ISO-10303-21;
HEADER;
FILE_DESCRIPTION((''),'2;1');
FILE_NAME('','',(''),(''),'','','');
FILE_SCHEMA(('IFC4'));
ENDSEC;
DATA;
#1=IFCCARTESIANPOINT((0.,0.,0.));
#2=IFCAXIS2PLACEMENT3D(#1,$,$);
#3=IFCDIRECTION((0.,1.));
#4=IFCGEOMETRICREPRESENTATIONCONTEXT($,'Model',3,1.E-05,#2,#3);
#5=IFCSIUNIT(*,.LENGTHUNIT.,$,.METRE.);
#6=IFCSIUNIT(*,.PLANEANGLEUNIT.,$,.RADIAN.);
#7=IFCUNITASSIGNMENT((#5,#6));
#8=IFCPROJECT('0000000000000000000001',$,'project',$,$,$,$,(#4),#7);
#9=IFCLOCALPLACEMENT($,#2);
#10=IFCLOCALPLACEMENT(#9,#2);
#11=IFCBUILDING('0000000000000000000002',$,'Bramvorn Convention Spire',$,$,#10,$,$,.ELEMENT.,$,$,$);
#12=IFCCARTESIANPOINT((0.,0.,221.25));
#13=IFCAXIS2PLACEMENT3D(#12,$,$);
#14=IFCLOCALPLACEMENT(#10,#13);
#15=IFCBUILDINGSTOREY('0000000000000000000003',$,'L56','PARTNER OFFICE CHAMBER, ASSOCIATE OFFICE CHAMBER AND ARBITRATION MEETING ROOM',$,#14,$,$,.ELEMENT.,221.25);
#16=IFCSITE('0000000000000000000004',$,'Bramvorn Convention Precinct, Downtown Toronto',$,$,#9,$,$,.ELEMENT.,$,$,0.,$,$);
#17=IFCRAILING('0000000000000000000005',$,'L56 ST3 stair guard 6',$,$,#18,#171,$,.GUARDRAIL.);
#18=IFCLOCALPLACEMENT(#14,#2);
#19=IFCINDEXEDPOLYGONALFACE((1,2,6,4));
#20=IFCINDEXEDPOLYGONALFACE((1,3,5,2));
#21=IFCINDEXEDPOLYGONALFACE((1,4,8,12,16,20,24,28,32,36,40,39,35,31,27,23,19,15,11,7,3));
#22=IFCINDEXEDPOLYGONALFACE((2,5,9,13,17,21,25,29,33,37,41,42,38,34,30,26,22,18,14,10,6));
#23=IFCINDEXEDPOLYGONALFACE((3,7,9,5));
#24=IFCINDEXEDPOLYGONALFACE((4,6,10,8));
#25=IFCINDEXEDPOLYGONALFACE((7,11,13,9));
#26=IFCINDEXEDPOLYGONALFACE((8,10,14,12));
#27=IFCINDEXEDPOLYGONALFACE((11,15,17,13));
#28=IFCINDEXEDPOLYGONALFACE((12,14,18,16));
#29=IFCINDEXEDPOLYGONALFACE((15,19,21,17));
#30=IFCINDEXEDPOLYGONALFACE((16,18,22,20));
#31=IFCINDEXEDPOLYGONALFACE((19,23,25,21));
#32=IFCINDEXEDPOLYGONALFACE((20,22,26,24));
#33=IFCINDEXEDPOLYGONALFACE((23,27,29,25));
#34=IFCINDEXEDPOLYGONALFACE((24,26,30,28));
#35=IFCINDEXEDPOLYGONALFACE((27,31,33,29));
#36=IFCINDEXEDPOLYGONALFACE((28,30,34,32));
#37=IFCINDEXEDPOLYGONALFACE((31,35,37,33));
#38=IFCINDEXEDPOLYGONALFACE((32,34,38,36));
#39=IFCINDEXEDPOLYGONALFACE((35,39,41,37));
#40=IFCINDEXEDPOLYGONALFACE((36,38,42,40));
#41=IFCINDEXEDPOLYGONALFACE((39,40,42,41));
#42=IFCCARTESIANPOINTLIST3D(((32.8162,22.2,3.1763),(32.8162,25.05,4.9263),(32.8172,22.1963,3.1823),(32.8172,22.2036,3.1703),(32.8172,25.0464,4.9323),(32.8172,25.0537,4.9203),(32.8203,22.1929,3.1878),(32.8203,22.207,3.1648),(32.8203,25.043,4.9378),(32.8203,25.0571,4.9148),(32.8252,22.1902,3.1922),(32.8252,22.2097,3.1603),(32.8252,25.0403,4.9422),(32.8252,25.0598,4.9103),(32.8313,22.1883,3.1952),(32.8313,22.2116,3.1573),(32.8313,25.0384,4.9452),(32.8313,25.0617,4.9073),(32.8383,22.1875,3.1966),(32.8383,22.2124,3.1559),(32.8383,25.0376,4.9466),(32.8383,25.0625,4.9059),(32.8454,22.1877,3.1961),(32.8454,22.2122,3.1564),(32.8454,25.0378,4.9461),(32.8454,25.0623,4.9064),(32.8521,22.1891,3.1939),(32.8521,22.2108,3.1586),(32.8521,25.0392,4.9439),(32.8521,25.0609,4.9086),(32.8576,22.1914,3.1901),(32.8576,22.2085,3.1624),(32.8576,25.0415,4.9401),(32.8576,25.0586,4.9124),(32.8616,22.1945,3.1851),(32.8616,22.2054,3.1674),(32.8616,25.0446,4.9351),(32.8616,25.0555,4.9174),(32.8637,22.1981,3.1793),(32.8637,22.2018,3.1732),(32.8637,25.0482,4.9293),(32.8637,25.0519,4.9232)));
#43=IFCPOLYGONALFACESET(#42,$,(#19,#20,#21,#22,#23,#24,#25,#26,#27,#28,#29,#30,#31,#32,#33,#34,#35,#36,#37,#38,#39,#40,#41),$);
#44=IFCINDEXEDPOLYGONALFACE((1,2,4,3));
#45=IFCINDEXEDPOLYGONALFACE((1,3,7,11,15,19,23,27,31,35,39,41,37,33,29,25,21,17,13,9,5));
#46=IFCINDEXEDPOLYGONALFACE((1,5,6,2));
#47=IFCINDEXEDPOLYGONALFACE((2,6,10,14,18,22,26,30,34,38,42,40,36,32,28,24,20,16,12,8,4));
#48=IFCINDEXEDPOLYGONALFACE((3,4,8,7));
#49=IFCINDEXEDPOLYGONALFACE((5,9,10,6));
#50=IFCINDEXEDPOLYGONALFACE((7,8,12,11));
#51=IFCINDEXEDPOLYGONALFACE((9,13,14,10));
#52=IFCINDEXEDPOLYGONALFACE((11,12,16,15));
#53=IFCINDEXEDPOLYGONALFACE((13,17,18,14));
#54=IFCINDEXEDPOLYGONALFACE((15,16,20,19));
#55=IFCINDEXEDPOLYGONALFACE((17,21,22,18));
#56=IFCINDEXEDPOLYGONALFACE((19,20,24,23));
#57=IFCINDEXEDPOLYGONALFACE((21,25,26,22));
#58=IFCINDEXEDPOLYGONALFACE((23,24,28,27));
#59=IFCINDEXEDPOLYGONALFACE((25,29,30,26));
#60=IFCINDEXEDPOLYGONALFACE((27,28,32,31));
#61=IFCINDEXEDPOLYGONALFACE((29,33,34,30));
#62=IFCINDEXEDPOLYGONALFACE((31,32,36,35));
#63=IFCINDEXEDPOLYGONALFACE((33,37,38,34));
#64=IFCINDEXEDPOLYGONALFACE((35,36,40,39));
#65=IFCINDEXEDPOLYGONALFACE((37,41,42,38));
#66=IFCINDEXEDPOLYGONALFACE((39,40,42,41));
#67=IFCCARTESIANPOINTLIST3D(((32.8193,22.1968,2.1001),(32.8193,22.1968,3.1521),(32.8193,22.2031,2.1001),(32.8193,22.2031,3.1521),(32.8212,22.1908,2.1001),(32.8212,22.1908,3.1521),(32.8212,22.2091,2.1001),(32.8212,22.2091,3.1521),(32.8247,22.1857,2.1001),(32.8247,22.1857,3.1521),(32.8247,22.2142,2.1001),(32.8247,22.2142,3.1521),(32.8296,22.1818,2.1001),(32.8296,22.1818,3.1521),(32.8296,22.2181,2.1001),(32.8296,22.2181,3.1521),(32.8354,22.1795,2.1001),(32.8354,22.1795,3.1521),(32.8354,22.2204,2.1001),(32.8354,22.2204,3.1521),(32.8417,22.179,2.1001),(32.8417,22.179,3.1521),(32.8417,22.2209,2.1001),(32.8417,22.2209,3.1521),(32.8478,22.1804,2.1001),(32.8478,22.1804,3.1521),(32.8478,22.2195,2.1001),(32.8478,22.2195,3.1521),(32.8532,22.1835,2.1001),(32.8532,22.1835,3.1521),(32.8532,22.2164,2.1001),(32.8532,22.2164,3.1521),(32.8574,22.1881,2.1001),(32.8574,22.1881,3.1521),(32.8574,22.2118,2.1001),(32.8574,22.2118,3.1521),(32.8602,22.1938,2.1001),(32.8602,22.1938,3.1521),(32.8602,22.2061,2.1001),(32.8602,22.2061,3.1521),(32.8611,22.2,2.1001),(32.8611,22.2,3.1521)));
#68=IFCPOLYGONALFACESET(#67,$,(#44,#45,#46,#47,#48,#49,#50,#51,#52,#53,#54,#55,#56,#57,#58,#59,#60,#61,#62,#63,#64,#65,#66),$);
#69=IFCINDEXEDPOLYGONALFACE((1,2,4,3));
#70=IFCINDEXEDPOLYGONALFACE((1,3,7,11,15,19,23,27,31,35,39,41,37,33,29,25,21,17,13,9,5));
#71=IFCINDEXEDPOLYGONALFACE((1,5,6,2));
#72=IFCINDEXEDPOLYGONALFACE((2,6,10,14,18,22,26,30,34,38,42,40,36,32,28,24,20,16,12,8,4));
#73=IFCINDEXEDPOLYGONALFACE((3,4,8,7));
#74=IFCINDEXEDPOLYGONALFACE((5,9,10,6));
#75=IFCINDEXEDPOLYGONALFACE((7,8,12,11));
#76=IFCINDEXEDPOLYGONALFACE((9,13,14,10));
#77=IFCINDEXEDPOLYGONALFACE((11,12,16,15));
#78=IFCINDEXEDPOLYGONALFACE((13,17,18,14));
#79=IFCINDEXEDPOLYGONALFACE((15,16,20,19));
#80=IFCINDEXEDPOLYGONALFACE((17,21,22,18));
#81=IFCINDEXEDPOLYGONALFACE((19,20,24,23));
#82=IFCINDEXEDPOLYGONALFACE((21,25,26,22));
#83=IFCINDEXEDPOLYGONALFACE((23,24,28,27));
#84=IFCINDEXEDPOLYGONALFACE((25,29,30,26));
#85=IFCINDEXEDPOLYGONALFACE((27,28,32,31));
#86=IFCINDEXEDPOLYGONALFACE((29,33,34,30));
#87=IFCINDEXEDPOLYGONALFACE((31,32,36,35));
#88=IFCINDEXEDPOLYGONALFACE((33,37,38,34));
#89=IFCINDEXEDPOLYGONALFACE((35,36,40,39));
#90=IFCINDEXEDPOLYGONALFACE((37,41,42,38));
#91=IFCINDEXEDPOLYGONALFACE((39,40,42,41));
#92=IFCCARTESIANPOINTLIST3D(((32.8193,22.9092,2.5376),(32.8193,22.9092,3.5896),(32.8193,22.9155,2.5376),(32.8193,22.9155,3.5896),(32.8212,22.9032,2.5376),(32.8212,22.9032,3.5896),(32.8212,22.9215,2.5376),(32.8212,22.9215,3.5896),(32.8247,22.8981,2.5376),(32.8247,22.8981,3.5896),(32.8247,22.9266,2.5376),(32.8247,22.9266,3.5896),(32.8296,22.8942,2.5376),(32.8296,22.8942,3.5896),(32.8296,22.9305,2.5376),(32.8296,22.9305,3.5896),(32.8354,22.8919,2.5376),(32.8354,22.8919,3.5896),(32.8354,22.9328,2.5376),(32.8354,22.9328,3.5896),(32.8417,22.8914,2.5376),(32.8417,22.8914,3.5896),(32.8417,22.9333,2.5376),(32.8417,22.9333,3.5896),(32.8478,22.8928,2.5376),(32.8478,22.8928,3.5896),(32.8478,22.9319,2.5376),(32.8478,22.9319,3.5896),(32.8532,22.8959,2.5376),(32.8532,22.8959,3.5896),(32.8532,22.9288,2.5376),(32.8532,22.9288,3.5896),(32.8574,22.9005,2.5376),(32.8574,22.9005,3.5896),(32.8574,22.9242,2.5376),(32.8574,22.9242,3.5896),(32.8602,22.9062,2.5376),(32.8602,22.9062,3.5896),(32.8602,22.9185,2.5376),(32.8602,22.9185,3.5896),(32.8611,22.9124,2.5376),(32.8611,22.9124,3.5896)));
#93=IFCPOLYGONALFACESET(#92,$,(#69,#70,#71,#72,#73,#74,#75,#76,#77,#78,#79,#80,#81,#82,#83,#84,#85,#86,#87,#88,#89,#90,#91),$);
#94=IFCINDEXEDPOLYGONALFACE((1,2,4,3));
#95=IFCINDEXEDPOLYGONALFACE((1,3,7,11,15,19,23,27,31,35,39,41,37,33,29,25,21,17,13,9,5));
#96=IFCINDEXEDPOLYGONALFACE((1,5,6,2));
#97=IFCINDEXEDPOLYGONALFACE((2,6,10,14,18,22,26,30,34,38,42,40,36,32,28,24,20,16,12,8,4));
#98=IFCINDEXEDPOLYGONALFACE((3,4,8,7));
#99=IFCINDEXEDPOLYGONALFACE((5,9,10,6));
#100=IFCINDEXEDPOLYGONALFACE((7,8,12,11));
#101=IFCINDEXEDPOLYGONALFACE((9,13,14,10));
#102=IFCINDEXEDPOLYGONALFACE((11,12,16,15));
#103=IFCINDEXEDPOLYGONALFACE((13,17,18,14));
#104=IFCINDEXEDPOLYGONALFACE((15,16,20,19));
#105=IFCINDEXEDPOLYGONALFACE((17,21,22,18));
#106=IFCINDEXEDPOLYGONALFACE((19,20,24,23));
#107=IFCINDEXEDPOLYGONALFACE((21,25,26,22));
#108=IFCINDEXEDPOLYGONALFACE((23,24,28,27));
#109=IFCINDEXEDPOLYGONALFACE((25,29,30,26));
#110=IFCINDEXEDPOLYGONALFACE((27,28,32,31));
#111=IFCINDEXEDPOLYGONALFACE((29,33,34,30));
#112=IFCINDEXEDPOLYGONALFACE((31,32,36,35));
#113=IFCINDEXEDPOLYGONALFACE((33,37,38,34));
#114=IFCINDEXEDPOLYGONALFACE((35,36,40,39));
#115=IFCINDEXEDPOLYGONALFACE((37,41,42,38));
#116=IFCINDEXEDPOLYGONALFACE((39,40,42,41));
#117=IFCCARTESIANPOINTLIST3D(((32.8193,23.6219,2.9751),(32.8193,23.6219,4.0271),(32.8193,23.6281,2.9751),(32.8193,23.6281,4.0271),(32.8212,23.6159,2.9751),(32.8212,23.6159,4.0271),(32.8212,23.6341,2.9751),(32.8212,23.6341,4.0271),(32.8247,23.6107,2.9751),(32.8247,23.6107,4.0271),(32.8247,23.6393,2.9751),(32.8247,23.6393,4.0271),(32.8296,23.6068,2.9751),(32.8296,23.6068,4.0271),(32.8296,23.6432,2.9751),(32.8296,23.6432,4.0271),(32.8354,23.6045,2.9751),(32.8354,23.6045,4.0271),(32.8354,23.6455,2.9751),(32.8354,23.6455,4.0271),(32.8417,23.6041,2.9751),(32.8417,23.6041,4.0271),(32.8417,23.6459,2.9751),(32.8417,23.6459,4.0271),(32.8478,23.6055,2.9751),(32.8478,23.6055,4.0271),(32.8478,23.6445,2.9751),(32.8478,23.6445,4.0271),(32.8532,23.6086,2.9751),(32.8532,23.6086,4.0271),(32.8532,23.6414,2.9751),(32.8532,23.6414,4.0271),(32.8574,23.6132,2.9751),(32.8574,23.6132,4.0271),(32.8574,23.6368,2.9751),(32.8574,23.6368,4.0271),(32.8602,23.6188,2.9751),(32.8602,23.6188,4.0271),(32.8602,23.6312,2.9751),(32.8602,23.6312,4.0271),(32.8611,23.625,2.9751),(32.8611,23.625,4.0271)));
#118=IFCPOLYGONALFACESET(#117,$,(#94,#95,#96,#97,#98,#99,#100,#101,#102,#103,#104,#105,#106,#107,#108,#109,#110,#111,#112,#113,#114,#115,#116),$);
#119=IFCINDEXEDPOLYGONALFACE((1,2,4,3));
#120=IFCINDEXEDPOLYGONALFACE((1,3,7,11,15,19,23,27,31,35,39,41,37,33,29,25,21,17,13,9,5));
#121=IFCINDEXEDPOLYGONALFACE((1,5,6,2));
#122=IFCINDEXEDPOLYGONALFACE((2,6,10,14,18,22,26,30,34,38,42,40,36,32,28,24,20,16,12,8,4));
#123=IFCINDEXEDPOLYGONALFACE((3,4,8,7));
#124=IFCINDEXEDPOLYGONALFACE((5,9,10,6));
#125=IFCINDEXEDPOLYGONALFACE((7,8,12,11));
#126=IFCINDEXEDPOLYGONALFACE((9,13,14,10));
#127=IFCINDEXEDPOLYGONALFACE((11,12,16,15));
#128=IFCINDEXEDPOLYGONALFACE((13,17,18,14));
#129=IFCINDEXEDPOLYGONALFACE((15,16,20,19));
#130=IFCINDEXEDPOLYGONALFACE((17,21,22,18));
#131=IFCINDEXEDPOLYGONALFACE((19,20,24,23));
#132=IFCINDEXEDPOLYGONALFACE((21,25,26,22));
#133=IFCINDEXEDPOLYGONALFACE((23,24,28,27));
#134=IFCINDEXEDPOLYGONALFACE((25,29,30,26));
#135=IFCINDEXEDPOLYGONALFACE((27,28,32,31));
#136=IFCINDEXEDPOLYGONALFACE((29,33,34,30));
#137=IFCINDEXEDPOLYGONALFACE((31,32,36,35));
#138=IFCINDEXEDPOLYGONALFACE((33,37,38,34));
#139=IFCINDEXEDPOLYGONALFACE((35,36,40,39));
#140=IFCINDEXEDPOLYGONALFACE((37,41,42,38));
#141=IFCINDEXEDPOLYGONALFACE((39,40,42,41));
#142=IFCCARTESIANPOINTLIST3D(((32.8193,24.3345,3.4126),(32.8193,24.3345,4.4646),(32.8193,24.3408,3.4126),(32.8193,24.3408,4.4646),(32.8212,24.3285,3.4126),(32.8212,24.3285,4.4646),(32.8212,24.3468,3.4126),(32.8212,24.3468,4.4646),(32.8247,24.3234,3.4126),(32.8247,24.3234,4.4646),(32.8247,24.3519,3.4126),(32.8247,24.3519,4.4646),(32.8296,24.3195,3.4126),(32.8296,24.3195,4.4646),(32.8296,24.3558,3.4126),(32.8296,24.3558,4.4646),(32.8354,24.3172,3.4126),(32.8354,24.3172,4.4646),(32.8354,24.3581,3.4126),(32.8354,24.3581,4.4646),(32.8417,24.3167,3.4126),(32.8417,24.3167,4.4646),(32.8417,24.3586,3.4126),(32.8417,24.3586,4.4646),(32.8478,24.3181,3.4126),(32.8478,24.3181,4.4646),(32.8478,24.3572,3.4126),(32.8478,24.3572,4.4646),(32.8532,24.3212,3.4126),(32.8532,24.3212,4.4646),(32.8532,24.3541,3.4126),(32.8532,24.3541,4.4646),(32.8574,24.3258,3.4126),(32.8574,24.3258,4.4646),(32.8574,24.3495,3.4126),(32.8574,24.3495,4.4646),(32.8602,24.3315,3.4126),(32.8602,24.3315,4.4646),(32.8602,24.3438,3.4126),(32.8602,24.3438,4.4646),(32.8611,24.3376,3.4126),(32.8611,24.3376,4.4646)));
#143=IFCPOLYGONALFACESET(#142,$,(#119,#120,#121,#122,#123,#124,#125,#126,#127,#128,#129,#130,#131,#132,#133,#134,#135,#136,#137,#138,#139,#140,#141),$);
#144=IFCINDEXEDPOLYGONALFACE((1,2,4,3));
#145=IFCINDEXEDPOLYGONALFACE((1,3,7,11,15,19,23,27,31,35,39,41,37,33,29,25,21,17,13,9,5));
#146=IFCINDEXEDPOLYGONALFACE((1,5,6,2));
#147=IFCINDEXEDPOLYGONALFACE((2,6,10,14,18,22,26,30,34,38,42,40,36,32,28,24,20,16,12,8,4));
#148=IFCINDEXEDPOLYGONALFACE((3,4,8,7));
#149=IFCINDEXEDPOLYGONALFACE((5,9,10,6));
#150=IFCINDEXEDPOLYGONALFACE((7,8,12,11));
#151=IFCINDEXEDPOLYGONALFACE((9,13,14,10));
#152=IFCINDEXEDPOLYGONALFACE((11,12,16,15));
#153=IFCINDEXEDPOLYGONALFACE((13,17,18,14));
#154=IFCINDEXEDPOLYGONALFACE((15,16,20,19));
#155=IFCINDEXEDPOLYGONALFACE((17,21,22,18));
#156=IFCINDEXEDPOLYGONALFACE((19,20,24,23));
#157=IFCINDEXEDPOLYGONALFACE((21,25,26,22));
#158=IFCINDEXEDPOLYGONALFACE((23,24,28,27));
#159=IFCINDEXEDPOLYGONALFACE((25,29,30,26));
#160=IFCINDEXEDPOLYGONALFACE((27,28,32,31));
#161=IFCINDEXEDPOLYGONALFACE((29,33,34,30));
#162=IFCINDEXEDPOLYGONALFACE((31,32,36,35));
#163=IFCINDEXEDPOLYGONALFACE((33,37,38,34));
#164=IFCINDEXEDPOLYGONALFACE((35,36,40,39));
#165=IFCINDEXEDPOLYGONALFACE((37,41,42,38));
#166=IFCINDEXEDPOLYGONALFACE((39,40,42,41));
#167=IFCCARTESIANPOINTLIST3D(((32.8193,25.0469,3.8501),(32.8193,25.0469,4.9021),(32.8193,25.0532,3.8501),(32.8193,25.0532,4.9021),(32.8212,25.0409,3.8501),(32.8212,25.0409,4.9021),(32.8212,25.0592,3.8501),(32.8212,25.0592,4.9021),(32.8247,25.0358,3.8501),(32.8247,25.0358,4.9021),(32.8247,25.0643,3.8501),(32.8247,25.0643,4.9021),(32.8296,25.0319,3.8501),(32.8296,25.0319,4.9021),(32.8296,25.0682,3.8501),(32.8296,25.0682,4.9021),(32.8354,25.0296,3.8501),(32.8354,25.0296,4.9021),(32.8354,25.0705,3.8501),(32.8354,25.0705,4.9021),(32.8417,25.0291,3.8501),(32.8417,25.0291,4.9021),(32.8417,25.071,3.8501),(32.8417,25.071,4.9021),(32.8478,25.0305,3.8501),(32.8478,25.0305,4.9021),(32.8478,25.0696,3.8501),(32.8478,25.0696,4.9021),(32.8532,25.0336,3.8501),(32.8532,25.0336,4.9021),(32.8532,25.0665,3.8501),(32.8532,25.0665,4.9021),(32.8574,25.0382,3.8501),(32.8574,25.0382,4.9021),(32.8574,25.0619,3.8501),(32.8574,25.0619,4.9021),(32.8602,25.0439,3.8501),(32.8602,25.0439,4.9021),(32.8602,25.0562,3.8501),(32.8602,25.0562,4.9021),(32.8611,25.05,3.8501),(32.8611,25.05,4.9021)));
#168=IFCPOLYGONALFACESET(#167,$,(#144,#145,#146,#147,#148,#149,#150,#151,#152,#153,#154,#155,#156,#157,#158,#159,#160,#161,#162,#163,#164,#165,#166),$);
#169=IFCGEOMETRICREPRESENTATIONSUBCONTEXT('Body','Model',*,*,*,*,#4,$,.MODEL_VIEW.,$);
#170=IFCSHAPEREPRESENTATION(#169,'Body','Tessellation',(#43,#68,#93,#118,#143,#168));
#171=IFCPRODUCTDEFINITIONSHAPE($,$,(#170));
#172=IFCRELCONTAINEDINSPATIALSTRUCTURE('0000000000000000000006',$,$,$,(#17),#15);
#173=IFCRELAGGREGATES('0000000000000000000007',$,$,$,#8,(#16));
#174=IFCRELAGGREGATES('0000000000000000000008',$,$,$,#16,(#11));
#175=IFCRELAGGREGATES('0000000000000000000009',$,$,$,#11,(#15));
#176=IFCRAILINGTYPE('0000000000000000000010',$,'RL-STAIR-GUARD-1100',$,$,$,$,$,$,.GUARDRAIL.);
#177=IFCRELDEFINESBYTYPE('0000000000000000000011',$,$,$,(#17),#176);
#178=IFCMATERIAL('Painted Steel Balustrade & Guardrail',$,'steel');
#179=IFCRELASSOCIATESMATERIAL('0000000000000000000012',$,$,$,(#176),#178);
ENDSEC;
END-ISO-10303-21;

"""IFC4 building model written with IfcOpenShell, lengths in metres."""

from ifc_helpers import new_model, si_unit, direction, frame, origin, origin_2d, place, context, subcontext, project, spatial, circle, extrude, material, type_object, element, save


model = new_model("IFC4")

# Units and contexts
model_context = context("Model", 3, precision=1e-05, world=origin(), true_north=direction((0.0, 1.0)))
body_context = subcontext(model_context, "Body", "Model", "MODEL_VIEW")
ifc_project = project(units=[si_unit("LENGTHUNIT", "METRE"), si_unit("PLANEANGLEUNIT", "RADIAN")], contexts=[model_context])

# Site, building, storey
site_placement = place(None, origin())
site = spatial("IfcSite", under=ifc_project, at=site_placement, Name="Bramvorn Convention Precinct, Downtown Toronto", CompositionType="ELEMENT", RefElevation=0.0)
building_placement = place(site_placement, origin())
building = spatial("IfcBuilding", under=site, at=building_placement, Name="Bramvorn Convention Spire", CompositionType="ELEMENT")
storey_placement = place(building_placement, frame((0.0, 0.0, 221.25)))
storey = spatial("IfcBuildingStorey", under=building, at=storey_placement, Name="L56", Description="PARTNER OFFICE CHAMBER, ASSOCIATE OFFICE CHAMBER AND ARBITRATION MEETING ROOM", CompositionType="ELEMENT", Elevation=221.25)

# Railing
ifc_material_1 = material(Name="Painted Steel Balustrade & Guardrail", Category="steel")
railing_type_1 = type_object("IfcRailingType", Name="RL-STAIR-GUARD-1100", PredefinedType="GUARDRAIL", material=ifc_material_1)
railing_1_placement = place(storey_placement, frame((32.8401, 22.2, 2.1001)))
element("IfcRailing", 1, at=railing_1_placement, inside=storey, type_object=railing_type_1, Name="L56 ST3 stair guard 6", PredefinedType="GUARDRAIL", context=body_context, shape_type="SweptSolid", body=[
    extrude(circle(Radius=0.0239, at=origin_2d()), frame((0.0, 0.0, 1.0762), z_axis=(0.0, 0.852179, 0.52325), x_axis=(-1.0, 0.0, 0.0)), (0.0, 0.0, 1.0), 3.3445),
    extrude(circle(Radius=0.021, at=origin_2d()), origin(), (0.0, 0.0, 1.0), 1.052),
    extrude(circle(Radius=0.021, at=origin_2d()), frame((0.0, 0.7124, 0.4375)), (0.0, 0.0, 1.0), 1.052),
    extrude(circle(Radius=0.021, at=origin_2d()), frame((0.0, 1.425, 0.875)), (0.0, 0.0, 1.0), 1.052),
    extrude(circle(Radius=0.021, at=origin_2d()), frame((0.0, 2.1377, 1.3125)), (0.0, 0.0, 1.0), 1.052),
    extrude(circle(Radius=0.021, at=origin_2d()), frame((0.0, 2.8501, 1.75)), (0.0, 0.0, 1.0), 1.052),
])

save(model, "model.ifc")
